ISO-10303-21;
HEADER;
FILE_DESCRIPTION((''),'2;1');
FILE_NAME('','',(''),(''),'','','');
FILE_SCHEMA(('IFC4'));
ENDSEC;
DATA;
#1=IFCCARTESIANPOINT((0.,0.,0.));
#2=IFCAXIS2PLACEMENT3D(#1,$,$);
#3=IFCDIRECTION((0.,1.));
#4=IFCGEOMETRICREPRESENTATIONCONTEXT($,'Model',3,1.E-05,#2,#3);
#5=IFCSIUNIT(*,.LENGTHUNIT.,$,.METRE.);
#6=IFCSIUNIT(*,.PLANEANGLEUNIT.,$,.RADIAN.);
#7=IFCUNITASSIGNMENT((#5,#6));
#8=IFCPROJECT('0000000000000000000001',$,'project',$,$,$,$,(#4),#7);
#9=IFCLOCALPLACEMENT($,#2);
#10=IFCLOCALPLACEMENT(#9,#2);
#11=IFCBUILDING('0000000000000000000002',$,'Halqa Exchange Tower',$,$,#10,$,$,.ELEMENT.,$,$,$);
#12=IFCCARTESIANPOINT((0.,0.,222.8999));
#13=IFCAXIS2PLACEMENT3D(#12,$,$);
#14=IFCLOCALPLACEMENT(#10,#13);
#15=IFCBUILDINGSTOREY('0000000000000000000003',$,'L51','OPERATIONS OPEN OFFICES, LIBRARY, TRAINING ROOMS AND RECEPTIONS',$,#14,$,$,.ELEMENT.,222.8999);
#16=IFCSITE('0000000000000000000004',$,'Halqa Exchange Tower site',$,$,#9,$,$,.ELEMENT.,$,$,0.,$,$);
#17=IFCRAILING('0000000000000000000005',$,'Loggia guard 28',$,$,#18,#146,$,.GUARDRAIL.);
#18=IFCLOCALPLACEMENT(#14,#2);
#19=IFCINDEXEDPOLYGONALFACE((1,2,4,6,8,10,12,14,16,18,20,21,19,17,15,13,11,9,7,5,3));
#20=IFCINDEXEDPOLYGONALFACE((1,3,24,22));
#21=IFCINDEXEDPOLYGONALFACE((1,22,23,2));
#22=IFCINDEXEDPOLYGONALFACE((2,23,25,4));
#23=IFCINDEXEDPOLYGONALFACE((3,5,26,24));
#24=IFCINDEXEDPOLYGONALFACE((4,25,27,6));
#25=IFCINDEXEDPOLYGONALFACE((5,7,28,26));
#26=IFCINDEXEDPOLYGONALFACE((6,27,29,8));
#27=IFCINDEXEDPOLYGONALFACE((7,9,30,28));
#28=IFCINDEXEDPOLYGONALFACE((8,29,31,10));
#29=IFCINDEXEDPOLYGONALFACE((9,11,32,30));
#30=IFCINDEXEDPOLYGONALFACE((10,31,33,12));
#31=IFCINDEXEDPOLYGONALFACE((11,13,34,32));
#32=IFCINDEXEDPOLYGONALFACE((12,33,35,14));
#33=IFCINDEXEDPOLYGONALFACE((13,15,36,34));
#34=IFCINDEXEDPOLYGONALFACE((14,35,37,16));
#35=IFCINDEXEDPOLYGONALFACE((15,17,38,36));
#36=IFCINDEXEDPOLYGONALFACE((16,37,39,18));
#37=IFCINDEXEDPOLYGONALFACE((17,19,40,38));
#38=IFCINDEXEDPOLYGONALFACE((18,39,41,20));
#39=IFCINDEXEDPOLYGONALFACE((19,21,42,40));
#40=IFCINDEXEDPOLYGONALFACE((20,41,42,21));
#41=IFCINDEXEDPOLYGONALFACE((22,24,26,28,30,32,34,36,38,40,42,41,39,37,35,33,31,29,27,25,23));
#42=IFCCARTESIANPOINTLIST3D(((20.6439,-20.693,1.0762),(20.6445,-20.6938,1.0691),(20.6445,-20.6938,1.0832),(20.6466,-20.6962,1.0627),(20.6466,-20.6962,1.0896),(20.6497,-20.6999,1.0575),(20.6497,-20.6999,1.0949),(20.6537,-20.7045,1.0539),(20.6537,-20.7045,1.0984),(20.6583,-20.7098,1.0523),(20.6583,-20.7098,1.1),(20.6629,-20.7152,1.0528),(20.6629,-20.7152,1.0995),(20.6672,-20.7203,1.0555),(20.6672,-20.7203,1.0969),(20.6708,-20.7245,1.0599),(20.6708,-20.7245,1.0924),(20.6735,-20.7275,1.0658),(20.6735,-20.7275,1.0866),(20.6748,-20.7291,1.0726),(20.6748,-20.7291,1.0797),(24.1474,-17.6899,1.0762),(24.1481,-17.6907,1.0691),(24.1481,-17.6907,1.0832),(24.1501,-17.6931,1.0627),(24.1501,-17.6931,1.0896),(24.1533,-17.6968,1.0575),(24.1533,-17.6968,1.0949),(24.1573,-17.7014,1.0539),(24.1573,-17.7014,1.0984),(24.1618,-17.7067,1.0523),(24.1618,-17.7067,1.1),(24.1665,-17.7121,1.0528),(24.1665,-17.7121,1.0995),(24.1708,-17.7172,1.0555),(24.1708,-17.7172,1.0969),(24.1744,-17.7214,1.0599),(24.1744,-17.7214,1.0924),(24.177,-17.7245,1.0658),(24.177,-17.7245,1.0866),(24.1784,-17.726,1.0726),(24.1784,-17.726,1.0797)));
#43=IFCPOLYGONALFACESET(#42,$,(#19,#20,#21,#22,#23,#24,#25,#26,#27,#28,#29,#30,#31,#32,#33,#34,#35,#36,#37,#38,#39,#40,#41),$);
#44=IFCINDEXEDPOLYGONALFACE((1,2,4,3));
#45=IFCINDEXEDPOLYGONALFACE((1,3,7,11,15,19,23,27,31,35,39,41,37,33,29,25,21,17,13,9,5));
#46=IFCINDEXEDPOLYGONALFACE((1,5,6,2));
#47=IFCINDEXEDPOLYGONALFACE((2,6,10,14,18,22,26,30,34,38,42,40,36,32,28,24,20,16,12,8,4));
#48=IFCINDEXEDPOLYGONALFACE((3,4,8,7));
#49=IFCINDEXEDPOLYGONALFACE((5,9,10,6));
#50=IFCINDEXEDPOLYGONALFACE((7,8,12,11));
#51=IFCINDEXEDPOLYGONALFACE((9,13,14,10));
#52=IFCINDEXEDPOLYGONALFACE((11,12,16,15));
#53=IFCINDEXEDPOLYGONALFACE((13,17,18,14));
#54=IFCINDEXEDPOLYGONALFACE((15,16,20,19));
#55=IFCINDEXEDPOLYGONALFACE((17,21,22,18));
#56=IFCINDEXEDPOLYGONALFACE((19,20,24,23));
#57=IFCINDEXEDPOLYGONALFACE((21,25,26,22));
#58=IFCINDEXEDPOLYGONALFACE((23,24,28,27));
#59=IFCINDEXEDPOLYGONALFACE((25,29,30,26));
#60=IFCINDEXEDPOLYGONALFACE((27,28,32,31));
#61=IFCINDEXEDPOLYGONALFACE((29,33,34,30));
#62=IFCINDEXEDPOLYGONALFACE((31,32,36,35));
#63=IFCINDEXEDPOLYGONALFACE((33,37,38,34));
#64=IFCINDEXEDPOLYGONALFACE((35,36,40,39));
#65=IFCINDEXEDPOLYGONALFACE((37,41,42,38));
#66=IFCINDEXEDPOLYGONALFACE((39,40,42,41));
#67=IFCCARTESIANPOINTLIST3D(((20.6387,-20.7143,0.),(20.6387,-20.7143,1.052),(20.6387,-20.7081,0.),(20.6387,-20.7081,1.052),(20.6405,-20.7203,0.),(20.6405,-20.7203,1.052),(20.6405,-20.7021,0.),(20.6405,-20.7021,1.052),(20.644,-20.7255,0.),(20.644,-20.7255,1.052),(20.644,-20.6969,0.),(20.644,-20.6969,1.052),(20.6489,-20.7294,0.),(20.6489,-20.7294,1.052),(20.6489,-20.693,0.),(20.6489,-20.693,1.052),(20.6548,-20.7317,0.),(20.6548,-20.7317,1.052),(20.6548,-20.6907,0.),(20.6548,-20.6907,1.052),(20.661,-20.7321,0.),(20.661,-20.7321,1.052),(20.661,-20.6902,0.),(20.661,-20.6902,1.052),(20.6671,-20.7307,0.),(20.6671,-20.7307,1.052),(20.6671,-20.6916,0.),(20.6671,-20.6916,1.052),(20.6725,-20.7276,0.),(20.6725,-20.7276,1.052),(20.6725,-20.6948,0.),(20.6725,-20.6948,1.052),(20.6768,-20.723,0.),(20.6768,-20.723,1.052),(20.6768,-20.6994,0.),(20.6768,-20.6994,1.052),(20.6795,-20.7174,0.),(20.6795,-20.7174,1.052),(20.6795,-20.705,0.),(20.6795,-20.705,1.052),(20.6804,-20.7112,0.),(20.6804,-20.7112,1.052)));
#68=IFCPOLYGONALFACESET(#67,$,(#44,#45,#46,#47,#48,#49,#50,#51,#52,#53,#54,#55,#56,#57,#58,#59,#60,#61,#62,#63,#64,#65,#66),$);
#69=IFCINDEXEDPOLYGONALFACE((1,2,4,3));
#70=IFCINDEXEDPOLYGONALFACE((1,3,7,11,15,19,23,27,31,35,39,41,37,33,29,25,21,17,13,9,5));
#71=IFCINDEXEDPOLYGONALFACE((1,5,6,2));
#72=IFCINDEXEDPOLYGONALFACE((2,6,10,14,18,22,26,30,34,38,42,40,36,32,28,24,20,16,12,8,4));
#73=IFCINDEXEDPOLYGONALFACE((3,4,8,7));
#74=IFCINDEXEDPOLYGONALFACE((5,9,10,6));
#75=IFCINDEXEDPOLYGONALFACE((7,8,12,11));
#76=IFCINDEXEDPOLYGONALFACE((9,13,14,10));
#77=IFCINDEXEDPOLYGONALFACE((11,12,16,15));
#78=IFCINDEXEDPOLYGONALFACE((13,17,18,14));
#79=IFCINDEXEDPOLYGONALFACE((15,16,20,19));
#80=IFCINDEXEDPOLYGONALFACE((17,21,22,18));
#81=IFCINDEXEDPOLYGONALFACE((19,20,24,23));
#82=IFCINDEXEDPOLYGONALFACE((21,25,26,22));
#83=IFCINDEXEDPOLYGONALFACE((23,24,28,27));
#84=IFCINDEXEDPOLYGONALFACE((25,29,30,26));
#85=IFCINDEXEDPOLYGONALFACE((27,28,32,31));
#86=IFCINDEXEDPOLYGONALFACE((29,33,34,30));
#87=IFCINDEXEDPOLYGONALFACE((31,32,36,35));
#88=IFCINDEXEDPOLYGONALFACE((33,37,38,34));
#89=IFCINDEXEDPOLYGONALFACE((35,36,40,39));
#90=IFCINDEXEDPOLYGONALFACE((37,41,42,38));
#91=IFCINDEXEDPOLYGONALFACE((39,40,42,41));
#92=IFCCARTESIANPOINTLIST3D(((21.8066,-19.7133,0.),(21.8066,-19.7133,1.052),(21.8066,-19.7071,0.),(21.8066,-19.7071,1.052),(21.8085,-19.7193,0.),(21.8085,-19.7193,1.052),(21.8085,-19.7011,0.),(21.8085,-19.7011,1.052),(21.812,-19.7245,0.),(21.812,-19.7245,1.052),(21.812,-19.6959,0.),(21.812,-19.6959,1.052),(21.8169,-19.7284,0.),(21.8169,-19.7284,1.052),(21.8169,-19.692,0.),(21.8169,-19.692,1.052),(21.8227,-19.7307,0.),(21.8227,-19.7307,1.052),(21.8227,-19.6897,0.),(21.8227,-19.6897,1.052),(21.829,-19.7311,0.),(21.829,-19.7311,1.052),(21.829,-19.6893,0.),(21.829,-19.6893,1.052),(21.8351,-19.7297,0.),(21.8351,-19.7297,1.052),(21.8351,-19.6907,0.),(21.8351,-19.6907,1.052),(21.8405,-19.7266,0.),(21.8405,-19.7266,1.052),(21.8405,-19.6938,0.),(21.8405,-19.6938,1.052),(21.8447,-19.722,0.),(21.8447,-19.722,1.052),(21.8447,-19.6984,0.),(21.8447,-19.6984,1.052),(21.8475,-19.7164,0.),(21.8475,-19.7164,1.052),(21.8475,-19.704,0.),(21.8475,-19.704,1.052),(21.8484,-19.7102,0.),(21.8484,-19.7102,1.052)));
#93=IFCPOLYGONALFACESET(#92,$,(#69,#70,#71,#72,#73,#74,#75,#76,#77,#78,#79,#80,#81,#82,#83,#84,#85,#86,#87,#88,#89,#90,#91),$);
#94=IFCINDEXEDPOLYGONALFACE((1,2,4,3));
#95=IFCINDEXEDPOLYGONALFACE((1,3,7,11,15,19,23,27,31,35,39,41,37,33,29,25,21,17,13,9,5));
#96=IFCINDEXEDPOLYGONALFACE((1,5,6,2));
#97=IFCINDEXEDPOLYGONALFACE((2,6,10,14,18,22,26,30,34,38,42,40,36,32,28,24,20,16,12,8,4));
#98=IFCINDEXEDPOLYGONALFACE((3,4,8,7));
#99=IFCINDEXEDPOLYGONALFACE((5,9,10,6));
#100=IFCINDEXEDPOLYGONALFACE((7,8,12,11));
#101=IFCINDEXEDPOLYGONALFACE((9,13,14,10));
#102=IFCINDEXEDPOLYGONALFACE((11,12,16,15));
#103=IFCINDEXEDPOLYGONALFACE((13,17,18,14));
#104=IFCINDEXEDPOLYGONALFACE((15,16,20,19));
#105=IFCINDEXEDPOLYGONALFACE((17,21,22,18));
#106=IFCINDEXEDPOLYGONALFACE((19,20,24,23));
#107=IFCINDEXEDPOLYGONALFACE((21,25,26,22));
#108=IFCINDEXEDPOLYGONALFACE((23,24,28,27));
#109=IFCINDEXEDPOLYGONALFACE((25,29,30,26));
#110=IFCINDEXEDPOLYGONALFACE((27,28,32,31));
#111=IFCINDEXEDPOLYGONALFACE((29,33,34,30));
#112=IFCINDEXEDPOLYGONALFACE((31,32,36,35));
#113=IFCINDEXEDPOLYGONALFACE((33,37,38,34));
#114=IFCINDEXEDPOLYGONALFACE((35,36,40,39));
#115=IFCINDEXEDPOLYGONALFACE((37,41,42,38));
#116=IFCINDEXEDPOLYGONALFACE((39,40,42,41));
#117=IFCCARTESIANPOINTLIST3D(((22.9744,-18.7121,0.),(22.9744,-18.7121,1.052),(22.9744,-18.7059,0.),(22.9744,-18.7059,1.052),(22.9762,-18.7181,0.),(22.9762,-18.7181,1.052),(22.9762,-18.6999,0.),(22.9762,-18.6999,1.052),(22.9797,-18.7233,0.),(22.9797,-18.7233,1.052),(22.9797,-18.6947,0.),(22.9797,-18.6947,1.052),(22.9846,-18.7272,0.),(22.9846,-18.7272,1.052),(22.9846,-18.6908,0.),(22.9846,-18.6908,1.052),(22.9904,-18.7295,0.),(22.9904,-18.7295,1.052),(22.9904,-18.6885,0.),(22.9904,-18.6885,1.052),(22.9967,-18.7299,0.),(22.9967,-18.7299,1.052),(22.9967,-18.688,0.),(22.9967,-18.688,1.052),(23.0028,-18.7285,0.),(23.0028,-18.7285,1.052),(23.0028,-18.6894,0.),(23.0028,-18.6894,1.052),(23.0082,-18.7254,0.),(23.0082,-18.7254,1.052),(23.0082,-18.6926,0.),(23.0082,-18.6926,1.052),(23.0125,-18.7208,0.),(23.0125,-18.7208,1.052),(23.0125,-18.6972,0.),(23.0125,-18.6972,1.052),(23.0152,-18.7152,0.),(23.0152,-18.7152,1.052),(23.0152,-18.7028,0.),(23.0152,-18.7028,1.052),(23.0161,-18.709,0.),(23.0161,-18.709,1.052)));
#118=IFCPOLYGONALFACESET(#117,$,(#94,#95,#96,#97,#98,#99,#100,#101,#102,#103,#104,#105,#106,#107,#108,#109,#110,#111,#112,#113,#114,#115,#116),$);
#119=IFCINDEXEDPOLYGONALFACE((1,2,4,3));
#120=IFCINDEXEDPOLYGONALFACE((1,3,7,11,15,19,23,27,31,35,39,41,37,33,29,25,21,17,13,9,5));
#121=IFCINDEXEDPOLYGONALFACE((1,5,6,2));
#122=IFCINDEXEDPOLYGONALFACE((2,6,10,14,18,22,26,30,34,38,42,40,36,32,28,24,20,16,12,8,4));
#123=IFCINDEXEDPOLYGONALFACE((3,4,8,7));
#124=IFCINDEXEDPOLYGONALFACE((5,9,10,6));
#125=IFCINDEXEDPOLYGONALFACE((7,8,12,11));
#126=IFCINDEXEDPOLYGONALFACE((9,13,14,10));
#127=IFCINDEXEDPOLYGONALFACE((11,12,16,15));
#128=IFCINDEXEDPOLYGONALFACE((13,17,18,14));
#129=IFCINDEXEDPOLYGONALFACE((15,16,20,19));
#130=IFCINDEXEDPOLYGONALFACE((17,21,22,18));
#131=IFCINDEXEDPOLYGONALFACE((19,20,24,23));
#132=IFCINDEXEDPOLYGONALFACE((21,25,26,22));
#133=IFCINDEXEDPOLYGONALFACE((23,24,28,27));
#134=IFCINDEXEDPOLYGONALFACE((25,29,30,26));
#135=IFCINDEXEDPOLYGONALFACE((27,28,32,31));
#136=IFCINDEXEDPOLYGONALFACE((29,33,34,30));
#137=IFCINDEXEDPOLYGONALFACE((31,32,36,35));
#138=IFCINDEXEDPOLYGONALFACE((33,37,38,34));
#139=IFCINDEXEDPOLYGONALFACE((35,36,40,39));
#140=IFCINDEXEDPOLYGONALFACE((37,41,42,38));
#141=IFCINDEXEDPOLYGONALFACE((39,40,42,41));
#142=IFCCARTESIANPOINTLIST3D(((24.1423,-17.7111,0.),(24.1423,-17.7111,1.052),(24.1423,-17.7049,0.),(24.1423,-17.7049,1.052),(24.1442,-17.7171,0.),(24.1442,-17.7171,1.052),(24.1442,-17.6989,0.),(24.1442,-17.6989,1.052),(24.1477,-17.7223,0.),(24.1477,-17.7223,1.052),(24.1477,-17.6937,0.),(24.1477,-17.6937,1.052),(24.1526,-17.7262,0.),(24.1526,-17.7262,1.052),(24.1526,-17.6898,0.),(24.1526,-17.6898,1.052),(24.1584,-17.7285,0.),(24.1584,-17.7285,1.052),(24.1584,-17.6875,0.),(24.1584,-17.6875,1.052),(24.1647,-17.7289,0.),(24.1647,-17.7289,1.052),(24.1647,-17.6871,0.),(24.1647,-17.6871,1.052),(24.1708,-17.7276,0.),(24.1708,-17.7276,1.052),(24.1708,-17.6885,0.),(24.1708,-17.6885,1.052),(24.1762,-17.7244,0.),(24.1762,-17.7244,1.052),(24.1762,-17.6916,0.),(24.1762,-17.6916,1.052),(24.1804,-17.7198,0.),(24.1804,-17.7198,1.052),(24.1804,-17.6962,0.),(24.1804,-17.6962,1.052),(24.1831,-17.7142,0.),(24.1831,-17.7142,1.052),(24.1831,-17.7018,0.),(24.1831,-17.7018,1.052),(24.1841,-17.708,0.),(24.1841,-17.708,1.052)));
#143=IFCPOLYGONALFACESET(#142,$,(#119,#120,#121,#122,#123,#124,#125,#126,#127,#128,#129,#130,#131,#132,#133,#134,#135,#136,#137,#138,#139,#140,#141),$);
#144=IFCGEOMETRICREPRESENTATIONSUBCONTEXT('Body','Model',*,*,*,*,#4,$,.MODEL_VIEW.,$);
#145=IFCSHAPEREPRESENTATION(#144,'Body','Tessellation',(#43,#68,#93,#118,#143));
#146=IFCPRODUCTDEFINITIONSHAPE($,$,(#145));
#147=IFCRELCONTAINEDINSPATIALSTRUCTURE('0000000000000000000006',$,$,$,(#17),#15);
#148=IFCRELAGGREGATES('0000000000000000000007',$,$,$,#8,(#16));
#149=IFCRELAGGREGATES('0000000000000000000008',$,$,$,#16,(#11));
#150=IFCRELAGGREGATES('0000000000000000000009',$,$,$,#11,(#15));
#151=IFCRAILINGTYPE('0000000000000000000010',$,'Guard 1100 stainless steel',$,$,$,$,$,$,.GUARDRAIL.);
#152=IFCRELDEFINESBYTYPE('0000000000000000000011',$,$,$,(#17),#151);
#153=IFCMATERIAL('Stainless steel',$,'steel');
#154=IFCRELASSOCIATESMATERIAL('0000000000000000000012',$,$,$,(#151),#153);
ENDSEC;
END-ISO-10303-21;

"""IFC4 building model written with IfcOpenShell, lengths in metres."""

from ifc_helpers import new_model, si_unit, direction, frame, origin, origin_2d, place, context, subcontext, project, spatial, circle, extrude, material, type_object, element, save


model = new_model("IFC4")

# Units and contexts
model_context = context("Model", 3, precision=1e-05, world=origin(), true_north=direction((0.0, 1.0)))
body_context = subcontext(model_context, "Body", "Model", "MODEL_VIEW")
ifc_project = project(units=[si_unit("LENGTHUNIT", "METRE"), si_unit("PLANEANGLEUNIT", "RADIAN")], contexts=[model_context])

# Site, building, storey
site_placement = place(None, origin())
site = spatial("IfcSite", under=ifc_project, at=site_placement, Name="Halqa Exchange Tower site", CompositionType="ELEMENT", RefElevation=0.0)
building_placement = place(site_placement, origin())
building = spatial("IfcBuilding", under=site, at=building_placement, Name="Halqa Exchange Tower", CompositionType="ELEMENT")
storey_placement = place(building_placement, frame((0.0, 0.0, 222.8999)))
storey = spatial("IfcBuildingStorey", under=building, at=storey_placement, Name="L51", Description="OPERATIONS OPEN OFFICES, LIBRARY, TRAINING ROOMS AND RECEPTIONS", CompositionType="ELEMENT", Elevation=222.8999)

# Railing
ifc_material_1 = material(Name="Stainless steel", Category="steel")
railing_type = type_object("IfcRailingType", Name="Guard 1100 stainless steel", PredefinedType="GUARDRAIL", material=ifc_material_1)
railing_1_placement = place(storey_placement, frame((20.6594, -20.7112, 0.0)))
element("IfcRailing", 1, at=railing_1_placement, inside=storey, type_object=railing_type, Name="Loggia guard 28", PredefinedType="GUARDRAIL", context=body_context, shape_type="SweptSolid", body=[
    extrude(circle(Radius=0.0239, at=origin_2d()), frame((0.0, 0.0, 1.0762), z_axis=(0.759253, 0.650796, 0.0), x_axis=(-0.650796, 0.759253, 0.0)), (0.0, 0.0, 1.0), 4.6145),
    extrude(circle(Radius=0.021, at=origin_2d()), origin(), (0.0, 0.0, 1.0), 1.052),
    extrude(circle(Radius=0.021, at=origin_2d()), frame((1.168, 1.001, 0.0)), (0.0, 0.0, 1.0), 1.052),
    extrude(circle(Radius=0.021, at=origin_2d()), frame((2.3357, 2.0022, 0.0)), (0.0, 0.0, 1.0), 1.052),
    extrude(circle(Radius=0.021, at=origin_2d()), frame((3.5037, 3.0032, 0.0)), (0.0, 0.0, 1.0), 1.052),
])

save(model, "model.ifc")
